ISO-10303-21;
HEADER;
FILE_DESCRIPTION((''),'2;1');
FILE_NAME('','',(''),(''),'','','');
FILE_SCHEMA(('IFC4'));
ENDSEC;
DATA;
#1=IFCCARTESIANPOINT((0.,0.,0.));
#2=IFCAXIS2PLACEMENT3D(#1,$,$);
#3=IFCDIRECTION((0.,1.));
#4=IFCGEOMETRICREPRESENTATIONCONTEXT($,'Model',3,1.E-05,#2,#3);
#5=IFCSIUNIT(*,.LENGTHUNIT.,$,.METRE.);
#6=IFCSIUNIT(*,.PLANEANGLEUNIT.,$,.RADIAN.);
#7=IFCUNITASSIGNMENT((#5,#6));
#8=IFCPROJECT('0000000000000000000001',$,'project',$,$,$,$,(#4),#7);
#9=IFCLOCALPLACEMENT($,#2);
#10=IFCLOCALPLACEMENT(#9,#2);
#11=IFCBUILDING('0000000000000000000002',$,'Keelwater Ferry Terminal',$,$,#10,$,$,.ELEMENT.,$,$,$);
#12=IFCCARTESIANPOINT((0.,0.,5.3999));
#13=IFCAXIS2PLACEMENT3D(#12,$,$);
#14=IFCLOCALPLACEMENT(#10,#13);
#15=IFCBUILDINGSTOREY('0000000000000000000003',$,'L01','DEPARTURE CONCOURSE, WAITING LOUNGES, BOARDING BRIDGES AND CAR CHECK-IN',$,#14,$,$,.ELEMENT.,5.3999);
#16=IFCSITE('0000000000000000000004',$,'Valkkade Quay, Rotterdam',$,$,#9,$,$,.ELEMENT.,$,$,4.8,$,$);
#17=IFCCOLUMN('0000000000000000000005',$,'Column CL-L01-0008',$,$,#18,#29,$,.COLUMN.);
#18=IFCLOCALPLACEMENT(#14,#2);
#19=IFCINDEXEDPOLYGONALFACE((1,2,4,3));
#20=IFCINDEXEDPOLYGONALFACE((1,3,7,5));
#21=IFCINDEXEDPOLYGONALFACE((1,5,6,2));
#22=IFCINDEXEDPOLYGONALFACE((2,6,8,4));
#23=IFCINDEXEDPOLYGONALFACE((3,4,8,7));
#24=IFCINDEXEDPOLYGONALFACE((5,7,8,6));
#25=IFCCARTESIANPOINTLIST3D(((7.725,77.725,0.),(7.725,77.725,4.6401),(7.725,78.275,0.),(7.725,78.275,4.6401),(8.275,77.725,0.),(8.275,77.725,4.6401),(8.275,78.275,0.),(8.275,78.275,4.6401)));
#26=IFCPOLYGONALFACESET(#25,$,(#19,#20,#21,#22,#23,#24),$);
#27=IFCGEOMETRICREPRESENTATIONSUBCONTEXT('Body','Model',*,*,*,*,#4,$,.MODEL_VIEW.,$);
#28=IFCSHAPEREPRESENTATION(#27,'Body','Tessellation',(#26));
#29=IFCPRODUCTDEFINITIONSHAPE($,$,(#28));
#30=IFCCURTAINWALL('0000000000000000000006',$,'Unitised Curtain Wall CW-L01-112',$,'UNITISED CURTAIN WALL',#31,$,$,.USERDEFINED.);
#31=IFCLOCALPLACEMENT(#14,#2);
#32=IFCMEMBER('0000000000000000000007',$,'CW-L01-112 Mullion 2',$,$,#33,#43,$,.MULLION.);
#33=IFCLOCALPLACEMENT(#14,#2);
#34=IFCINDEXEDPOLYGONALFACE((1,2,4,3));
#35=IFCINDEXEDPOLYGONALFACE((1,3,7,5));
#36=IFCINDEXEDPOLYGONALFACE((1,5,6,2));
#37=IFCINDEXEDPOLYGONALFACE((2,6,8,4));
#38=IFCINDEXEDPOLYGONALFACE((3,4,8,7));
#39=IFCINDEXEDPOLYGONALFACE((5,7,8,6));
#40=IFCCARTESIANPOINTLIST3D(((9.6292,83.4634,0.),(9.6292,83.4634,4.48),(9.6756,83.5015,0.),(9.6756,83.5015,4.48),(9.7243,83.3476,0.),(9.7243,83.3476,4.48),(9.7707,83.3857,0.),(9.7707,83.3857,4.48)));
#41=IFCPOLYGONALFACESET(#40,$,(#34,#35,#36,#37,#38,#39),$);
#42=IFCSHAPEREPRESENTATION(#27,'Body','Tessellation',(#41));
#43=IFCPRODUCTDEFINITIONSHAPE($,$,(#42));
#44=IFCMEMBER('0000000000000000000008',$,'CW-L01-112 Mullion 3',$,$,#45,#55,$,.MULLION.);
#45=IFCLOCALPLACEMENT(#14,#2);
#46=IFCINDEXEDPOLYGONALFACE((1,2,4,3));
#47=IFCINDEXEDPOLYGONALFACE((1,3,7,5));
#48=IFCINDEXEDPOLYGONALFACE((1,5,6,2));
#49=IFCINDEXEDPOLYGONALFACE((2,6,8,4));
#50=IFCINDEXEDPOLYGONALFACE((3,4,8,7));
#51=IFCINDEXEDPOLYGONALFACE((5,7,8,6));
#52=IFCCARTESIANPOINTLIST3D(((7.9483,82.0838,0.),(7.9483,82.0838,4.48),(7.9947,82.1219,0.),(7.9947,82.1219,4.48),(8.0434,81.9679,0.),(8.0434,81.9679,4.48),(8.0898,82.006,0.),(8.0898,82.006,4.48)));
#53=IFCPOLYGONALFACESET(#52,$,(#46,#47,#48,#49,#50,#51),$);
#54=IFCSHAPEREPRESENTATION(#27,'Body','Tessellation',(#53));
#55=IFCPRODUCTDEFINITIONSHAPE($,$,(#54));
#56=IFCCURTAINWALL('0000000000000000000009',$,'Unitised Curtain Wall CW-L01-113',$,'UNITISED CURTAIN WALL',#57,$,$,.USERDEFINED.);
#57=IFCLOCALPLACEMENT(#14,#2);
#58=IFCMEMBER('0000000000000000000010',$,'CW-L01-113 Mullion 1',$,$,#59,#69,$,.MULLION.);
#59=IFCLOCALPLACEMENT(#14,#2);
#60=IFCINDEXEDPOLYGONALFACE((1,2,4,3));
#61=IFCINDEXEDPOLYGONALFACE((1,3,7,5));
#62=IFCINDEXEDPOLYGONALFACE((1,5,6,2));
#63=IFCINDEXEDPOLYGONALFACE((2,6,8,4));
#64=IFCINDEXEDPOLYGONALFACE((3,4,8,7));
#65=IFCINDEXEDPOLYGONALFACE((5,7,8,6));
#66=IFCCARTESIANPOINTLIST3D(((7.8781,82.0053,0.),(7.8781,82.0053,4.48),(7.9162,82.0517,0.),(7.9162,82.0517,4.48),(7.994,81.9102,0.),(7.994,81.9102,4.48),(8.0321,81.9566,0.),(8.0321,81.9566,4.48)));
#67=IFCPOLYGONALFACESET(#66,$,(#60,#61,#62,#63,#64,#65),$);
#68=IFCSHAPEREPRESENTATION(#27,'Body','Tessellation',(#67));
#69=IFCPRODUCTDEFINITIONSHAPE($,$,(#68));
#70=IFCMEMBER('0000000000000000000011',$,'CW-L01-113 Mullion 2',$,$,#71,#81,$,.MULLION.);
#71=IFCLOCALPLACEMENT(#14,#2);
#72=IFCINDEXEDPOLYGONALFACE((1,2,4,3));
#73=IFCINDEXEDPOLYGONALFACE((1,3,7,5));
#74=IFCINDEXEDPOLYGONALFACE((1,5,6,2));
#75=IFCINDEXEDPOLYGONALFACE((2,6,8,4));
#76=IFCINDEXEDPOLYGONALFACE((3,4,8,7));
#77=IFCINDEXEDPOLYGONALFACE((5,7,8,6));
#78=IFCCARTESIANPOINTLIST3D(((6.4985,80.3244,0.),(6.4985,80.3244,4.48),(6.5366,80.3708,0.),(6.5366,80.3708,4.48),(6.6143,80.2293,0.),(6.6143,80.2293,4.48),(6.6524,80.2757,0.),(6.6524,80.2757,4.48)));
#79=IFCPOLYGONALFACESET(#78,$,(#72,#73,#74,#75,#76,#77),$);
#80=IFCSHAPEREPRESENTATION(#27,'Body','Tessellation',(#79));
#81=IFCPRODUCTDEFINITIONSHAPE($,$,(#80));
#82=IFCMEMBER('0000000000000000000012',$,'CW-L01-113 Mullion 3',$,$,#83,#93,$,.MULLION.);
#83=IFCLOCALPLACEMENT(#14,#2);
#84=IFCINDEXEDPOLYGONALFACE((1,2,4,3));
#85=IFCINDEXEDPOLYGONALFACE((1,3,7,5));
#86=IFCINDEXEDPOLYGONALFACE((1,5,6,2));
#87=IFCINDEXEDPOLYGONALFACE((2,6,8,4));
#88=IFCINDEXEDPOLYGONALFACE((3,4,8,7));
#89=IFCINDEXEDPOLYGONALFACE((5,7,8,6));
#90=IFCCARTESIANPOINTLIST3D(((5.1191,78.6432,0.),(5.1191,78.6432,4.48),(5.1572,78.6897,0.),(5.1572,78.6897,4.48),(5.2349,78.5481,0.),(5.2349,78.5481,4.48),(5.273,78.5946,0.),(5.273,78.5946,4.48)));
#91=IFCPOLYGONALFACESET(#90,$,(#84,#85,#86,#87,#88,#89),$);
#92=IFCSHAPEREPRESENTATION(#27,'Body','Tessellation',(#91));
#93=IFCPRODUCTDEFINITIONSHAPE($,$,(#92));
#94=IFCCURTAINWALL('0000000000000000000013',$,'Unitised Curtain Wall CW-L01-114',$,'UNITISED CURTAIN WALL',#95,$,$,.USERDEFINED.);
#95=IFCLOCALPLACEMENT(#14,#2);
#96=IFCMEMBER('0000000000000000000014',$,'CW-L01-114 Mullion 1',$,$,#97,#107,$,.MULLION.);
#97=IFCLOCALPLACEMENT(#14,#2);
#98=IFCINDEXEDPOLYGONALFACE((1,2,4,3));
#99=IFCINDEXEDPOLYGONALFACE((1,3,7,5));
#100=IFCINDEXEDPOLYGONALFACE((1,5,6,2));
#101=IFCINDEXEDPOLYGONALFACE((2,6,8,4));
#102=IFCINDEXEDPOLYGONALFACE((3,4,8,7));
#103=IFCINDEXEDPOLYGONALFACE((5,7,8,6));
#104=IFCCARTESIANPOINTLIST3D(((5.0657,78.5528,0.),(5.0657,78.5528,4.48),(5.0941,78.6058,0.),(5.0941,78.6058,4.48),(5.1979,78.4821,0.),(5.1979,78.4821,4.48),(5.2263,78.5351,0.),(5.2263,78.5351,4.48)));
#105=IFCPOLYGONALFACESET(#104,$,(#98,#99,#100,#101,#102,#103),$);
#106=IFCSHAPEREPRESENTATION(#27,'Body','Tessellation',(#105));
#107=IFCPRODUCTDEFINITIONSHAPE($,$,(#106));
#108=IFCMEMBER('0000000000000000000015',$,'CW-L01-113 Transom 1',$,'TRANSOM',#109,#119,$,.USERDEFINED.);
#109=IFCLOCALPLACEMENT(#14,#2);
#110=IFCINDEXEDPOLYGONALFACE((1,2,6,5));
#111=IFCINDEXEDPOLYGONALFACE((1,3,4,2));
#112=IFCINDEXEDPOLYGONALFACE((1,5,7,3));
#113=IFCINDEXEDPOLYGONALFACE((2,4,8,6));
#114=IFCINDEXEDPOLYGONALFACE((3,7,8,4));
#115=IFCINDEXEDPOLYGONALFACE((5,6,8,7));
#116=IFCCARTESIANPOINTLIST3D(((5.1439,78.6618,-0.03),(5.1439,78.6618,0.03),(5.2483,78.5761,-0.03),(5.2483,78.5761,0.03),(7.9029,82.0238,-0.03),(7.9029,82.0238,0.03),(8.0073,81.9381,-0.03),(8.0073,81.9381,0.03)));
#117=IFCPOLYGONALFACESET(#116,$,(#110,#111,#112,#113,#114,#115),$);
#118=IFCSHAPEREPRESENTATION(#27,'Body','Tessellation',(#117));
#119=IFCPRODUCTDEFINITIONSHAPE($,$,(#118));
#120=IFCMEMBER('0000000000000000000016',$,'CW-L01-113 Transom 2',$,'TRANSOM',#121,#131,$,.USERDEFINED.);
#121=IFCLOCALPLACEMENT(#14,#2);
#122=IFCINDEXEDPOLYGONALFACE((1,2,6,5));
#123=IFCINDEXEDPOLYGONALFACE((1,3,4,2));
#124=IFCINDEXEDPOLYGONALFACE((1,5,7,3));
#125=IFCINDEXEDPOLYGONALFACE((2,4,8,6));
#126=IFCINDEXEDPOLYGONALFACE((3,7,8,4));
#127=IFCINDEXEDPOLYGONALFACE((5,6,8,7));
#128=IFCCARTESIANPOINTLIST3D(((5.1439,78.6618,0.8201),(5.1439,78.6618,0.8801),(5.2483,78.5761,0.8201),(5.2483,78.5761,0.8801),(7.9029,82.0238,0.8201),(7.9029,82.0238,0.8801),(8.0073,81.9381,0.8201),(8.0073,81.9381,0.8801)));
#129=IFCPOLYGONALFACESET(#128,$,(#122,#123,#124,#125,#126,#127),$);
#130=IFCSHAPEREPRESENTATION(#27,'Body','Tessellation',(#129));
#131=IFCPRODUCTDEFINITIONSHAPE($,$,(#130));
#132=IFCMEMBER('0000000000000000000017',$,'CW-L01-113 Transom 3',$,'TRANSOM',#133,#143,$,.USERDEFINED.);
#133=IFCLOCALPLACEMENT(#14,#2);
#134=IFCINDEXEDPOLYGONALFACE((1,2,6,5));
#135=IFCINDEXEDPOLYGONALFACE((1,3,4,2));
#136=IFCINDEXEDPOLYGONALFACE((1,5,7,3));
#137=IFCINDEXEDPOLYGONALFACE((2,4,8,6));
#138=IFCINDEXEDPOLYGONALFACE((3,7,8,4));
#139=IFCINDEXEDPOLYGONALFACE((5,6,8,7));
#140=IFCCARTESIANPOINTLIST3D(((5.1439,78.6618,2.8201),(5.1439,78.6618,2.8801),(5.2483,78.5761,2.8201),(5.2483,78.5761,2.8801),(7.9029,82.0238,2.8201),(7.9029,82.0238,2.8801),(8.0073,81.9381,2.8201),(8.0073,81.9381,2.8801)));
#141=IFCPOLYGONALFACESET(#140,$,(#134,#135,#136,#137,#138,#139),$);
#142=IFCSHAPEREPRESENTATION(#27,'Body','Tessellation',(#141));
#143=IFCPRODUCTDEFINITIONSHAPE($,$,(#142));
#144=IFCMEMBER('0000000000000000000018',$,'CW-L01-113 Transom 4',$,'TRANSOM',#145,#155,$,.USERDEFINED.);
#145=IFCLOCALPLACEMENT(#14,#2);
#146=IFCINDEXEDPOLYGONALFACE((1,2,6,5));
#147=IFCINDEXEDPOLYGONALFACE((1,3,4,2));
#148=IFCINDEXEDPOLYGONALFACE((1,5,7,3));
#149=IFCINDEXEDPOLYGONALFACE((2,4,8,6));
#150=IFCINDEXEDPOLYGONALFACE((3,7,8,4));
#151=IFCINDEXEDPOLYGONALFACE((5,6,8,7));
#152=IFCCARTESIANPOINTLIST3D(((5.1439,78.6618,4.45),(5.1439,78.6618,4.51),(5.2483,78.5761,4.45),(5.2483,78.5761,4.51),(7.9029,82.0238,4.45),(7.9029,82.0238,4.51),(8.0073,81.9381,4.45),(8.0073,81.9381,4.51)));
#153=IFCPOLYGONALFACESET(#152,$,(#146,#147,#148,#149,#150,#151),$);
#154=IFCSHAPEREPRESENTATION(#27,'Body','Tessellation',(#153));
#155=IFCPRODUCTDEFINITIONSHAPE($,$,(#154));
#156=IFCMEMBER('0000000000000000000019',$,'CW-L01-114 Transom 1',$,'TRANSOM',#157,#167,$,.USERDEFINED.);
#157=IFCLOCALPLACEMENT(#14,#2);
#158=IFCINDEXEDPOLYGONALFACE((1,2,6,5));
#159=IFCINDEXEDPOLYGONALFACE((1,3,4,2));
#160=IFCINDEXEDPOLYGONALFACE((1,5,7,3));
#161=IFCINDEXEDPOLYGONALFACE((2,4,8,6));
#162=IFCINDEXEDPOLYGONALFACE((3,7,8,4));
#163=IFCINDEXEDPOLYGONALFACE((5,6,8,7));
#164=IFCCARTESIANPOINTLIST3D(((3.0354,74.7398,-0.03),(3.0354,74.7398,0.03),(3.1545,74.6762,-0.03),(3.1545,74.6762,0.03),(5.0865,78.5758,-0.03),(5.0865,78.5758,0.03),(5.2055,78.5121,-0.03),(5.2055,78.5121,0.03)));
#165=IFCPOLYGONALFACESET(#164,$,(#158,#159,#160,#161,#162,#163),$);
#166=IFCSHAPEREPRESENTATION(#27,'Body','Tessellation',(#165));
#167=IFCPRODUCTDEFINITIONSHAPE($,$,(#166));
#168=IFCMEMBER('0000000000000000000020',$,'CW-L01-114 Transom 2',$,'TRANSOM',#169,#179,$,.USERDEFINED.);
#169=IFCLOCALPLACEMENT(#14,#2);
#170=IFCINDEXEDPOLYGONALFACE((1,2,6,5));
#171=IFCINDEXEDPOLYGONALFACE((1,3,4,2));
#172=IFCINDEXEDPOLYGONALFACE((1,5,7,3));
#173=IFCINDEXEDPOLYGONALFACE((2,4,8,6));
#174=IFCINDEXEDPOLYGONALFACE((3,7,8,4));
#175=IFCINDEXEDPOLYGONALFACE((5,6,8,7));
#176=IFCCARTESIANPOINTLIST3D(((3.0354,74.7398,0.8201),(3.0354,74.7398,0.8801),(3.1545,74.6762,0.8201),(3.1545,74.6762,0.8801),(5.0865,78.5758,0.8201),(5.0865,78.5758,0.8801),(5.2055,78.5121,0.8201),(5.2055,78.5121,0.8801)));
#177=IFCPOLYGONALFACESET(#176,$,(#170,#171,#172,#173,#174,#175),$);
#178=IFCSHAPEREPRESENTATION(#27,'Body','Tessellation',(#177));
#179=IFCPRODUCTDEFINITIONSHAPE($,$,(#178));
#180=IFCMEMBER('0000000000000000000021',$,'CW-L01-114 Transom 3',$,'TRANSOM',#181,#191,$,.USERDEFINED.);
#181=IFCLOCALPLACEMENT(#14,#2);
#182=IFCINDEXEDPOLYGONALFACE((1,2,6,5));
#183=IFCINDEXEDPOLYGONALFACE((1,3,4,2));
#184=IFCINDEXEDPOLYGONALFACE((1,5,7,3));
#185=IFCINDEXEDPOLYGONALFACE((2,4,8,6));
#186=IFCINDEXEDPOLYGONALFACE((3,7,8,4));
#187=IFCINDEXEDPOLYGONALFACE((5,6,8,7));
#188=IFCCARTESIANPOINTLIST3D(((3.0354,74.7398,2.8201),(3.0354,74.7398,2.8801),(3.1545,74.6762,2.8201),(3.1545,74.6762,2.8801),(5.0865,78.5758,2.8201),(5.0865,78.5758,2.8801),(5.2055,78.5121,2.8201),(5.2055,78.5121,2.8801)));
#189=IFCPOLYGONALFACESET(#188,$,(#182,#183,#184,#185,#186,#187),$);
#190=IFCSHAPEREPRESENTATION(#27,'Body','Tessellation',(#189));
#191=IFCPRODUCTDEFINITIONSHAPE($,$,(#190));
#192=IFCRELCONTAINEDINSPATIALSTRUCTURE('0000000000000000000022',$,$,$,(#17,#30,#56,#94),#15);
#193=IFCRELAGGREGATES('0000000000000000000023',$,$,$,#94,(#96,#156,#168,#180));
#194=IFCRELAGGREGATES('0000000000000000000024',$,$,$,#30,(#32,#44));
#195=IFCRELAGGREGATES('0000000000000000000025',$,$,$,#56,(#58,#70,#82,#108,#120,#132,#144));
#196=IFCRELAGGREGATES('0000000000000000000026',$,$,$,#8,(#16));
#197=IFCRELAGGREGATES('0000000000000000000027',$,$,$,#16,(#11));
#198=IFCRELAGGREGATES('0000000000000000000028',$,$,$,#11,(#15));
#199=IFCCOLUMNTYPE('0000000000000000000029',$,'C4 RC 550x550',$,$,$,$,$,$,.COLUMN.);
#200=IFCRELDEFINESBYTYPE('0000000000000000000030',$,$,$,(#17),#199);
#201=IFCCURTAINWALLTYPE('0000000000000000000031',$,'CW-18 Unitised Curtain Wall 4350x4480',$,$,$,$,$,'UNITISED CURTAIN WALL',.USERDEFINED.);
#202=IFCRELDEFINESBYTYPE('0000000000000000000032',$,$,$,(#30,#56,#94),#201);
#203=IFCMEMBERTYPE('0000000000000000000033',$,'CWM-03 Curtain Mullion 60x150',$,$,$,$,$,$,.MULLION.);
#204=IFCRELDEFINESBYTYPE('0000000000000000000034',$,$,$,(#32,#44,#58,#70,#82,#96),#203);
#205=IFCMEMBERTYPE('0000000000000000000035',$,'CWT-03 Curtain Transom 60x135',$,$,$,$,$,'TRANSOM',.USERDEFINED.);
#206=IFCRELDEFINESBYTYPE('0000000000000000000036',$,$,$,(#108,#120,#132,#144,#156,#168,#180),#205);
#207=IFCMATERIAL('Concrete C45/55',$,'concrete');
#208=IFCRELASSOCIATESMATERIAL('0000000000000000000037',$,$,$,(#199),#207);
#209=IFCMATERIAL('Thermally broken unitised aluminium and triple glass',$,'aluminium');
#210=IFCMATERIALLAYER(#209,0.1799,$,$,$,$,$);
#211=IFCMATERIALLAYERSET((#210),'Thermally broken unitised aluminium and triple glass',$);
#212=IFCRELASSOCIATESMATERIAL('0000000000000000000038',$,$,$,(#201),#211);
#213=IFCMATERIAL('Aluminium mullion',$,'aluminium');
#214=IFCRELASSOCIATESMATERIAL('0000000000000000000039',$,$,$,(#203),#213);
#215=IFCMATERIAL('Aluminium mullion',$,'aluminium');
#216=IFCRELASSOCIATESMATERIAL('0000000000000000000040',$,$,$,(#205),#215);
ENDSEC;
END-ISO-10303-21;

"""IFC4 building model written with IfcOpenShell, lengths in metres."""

from ifc_helpers import new_model, si_unit, direction, frame, origin, origin_2d, place, context, subcontext, project, spatial, rectangle, extrude, material, layer, layer_set, material_profile, profile_set, type_object, element, aggregate, save


model = new_model("IFC4")

# Units and contexts
model_context = context("Model", 3, precision=1e-05, world=origin(), true_north=direction((0.0, 1.0)))
body_context = subcontext(model_context, "Body", "Model", "MODEL_VIEW")
ifc_project = project(units=[si_unit("LENGTHUNIT", "METRE"), si_unit("PLANEANGLEUNIT", "RADIAN")], contexts=[model_context])

# Site, building, storey
site_placement = place(None, origin())
site = spatial("IfcSite", under=ifc_project, at=site_placement, Name="Valkkade Quay, Rotterdam", CompositionType="ELEMENT", RefElevation=4.8)
building_placement = place(site_placement, origin())
building = spatial("IfcBuilding", under=site, at=building_placement, Name="Keelwater Ferry Terminal", CompositionType="ELEMENT")
storey_placement = place(building_placement, frame((0.0, 0.0, 5.3999)))
storey = spatial("IfcBuildingStorey", under=building, at=storey_placement, Name="L01", Description="DEPARTURE CONCOURSE, WAITING LOUNGES, BOARDING BRIDGES AND CAR CHECK-IN", CompositionType="ELEMENT", Elevation=5.3999)

# Column
ifc_material_1 = material(Name="Concrete C45/55", Category="concrete")
ifc_material_profile_1 = material_profile(ifc_material_1, rectangle(XDim=0.55, YDim=0.55, at=origin_2d()), Name="RC 550x550")
ifc_profile_set_1 = profile_set([ifc_material_profile_1], Name="Concrete C45/55")
column_type = type_object("IfcColumnType", Name="C4 RC 550x550", PredefinedType="COLUMN", material=ifc_profile_set_1)
column_placement = place(storey_placement, frame((8.0, 78.0, 0.0), z_axis=(0.0, 0.0, 1.0), x_axis=(1.0, 0.0, 0.0)))
element("IfcColumn", 1, at=column_placement, inside=storey, type_object=column_type, Name="Column CL-L01-0008", PredefinedType="COLUMN", context=body_context, shape_type="SweptSolid", body=[
    extrude(rectangle(XDim=0.55, YDim=0.55, at=origin_2d()), origin(), (0.0, 0.0, 1.0), 4.6401),
])

# Curtain walls, members
ifc_material_2 = material(Name="Thermally broken unitised aluminium and triple glass", Category="aluminium")
ifc_layer_1 = layer(ifc_material_2, 0.1799)
ifc_layer_set_1 = layer_set([ifc_layer_1], Name="Thermally broken unitised aluminium and triple glass")
curtain_wall_type = type_object("IfcCurtainWallType", Name="CW-18 Unitised Curtain Wall 4350x4480", ElementType="UNITISED CURTAIN WALL", PredefinedType="USERDEFINED", material=ifc_layer_set_1)
curtain_wall_1_placement = place(storey_placement, origin())
curtain_wall_1 = element("IfcCurtainWall", 2, at=curtain_wall_1_placement, inside=storey, type_object=curtain_wall_type, Name="Unitised Curtain Wall CW-L01-112", ObjectType="UNITISED CURTAIN WALL", PredefinedType="USERDEFINED")
ifc_material_3 = material(Name="Aluminium mullion", Category="aluminium")
ifc_material_profile_2 = material_profile(ifc_material_3, rectangle(XDim=0.0601, YDim=0.1499, at=origin_2d()), Name="CWM-03")
ifc_profile_set_2 = profile_set([ifc_material_profile_2], Name="Aluminium mullion")
member_type_1 = type_object("IfcMemberType", Name="CWM-03 Curtain Mullion 60x150", PredefinedType="MULLION", material=ifc_profile_set_2)
member_1_placement = place(storey_placement, frame((9.7, 83.4246, 0.0), z_axis=(0.0, 0.0, 1.0), x_axis=(-0.773024, -0.634377, 0.0)))
member_1 = element("IfcMember", 3, at=member_1_placement, type_object=member_type_1, Name="CW-L01-112 Mullion 2", PredefinedType="MULLION", context=body_context, shape_type="SweptSolid", body=[
    extrude(rectangle(XDim=0.0601, YDim=0.1499, at=origin_2d()), origin(), (0.0, 0.0, 1.0), 4.48),
])
member_2_placement = place(storey_placement, frame((8.019, 82.0449, 0.0), z_axis=(0.0, 0.0, 1.0), x_axis=(-0.773024, -0.634377, 0.0)))
member_2 = element("IfcMember", 4, at=member_2_placement, type_object=member_type_1, Name="CW-L01-112 Mullion 3", PredefinedType="MULLION", context=body_context, shape_type="SweptSolid", body=[
    extrude(rectangle(XDim=0.0601, YDim=0.1499, at=origin_2d()), origin(), (0.0, 0.0, 1.0), 4.48),
])
curtain_wall_2_placement = place(storey_placement, origin())
curtain_wall_2 = element("IfcCurtainWall", 5, at=curtain_wall_2_placement, inside=storey, type_object=curtain_wall_type, Name="Unitised Curtain Wall CW-L01-113", ObjectType="UNITISED CURTAIN WALL", PredefinedType="USERDEFINED")
member_3_placement = place(storey_placement, frame((7.9551, 81.981, 0.0), z_axis=(0.0, 0.0, 1.0), x_axis=(-0.634377, -0.773024, 0.0)))
member_3 = element("IfcMember", 6, at=member_3_placement, type_object=member_type_1, Name="CW-L01-113 Mullion 1", PredefinedType="MULLION", context=body_context, shape_type="SweptSolid", body=[
    extrude(rectangle(XDim=0.0601, YDim=0.1499, at=origin_2d()), origin(), (0.0, 0.0, 1.0), 4.48),
])
member_4_placement = place(storey_placement, frame((6.5754, 80.3, 0.0), z_axis=(0.0, 0.0, 1.0), x_axis=(-0.634377, -0.773024, 0.0)))
member_4 = element("IfcMember", 7, at=member_4_placement, type_object=member_type_1, Name="CW-L01-113 Mullion 2", PredefinedType="MULLION", context=body_context, shape_type="SweptSolid", body=[
    extrude(rectangle(XDim=0.0601, YDim=0.1499, at=origin_2d()), origin(), (0.0, 0.0, 1.0), 4.48),
])
member_5_placement = place(storey_placement, frame((5.196, 78.6189, 0.0), z_axis=(0.0, 0.0, 1.0), x_axis=(-0.634377, -0.773024, 0.0)))
member_5 = element("IfcMember", 8, at=member_5_placement, type_object=member_type_1, Name="CW-L01-113 Mullion 3", PredefinedType="MULLION", context=body_context, shape_type="SweptSolid", body=[
    extrude(rectangle(XDim=0.0601, YDim=0.1499, at=origin_2d()), origin(), (0.0, 0.0, 1.0), 4.48),
])

# Curtain wall, member
curtain_wall_3_placement = place(storey_placement, origin())
curtain_wall_3 = element("IfcCurtainWall", 9, at=curtain_wall_3_placement, inside=storey, type_object=curtain_wall_type, Name="Unitised Curtain Wall CW-L01-114", ObjectType="UNITISED CURTAIN WALL", PredefinedType="USERDEFINED")
member_6_placement = place(storey_placement, frame((5.146, 78.5439, 0.0), z_axis=(0.0, 0.0, 1.0), x_axis=(-0.471507, -0.881862, 0.0)))
member_6 = element("IfcMember", 10, at=member_6_placement, type_object=member_type_1, Name="CW-L01-114 Mullion 1", PredefinedType="MULLION", context=body_context, shape_type="SweptSolid", body=[
    extrude(rectangle(XDim=0.0601, YDim=0.1499, at=origin_2d()), origin(), (0.0, 0.0, 1.0), 4.48),
])

# Members
ifc_material_4 = material(Name="Aluminium mullion", Category="aluminium")
ifc_material_profile_3 = material_profile(ifc_material_4, rectangle(XDim=0.135, YDim=0.0601, at=origin_2d()), Name="CWT-03")
ifc_profile_set_3 = profile_set([ifc_material_profile_3], Name="Aluminium mullion")
member_type_2 = type_object("IfcMemberType", Name="CWT-03 Curtain Transom 60x135", ElementType="TRANSOM", PredefinedType="USERDEFINED", material=ifc_profile_set_3)
member_7_placement = place(storey_placement, frame((7.9551, 81.981, 0.0), z_axis=(-0.634374, -0.773026, 0.0), x_axis=(0.773026, -0.634374, 0.0)))
member_7 = element("IfcMember", 11, at=member_7_placement, type_object=member_type_2, Name="CW-L01-113 Transom 1", ObjectType="TRANSOM", PredefinedType="USERDEFINED", context=body_context, shape_type="SweptSolid", body=[
    extrude(rectangle(XDim=0.135, YDim=0.0601, at=origin_2d()), origin(), (0.0, 0.0, 1.0), 4.3491),
])
member_8_placement = place(storey_placement, frame((7.9551, 81.981, 0.8501), z_axis=(-0.634374, -0.773026, 0.0), x_axis=(0.773026, -0.634374, 0.0)))
member_8 = element("IfcMember", 12, at=member_8_placement, type_object=member_type_2, Name="CW-L01-113 Transom 2", ObjectType="TRANSOM", PredefinedType="USERDEFINED", context=body_context, shape_type="SweptSolid", body=[
    extrude(rectangle(XDim=0.135, YDim=0.0601, at=origin_2d()), origin(), (0.0, 0.0, 1.0), 4.3491),
])
member_9_placement = place(storey_placement, frame((7.9551, 81.981, 2.8501), z_axis=(-0.634374, -0.773026, 0.0), x_axis=(0.773026, -0.634374, 0.0)))
member_9 = element("IfcMember", 13, at=member_9_placement, type_object=member_type_2, Name="CW-L01-113 Transom 3", ObjectType="TRANSOM", PredefinedType="USERDEFINED", context=body_context, shape_type="SweptSolid", body=[
    extrude(rectangle(XDim=0.135, YDim=0.0601, at=origin_2d()), origin(), (0.0, 0.0, 1.0), 4.3491),
])
member_10_placement = place(storey_placement, frame((7.9551, 81.981, 4.48), z_axis=(-0.634374, -0.773026, 0.0), x_axis=(0.773026, -0.634374, 0.0)))
member_10 = element("IfcMember", 14, at=member_10_placement, type_object=member_type_2, Name="CW-L01-113 Transom 4", ObjectType="TRANSOM", PredefinedType="USERDEFINED", context=body_context, shape_type="SweptSolid", body=[
    extrude(rectangle(XDim=0.135, YDim=0.0601, at=origin_2d()), origin(), (0.0, 0.0, 1.0), 4.3491),
])
member_11_placement = place(storey_placement, frame((5.146, 78.5439, 0.0), z_axis=(-0.471517, -0.881857, 0.0), x_axis=(0.881857, -0.471517, 0.0)))
member_11 = element("IfcMember", 15, at=member_11_placement, type_object=member_type_2, Name="CW-L01-114 Transom 1", ObjectType="TRANSOM", PredefinedType="USERDEFINED", context=body_context, shape_type="SweptSolid", body=[
    extrude(rectangle(XDim=0.135, YDim=0.0601, at=origin_2d()), origin(), (0.0, 0.0, 1.0), 4.3499),
])
member_12_placement = place(storey_placement, frame((5.146, 78.5439, 0.8501), z_axis=(-0.471517, -0.881857, 0.0), x_axis=(0.881857, -0.471517, 0.0)))
member_12 = element("IfcMember", 16, at=member_12_placement, type_object=member_type_2, Name="CW-L01-114 Transom 2", ObjectType="TRANSOM", PredefinedType="USERDEFINED", context=body_context, shape_type="SweptSolid", body=[
    extrude(rectangle(XDim=0.135, YDim=0.0601, at=origin_2d()), origin(), (0.0, 0.0, 1.0), 4.3499),
])
member_13_placement = place(storey_placement, frame((5.146, 78.5439, 2.8501), z_axis=(-0.471517, -0.881857, 0.0), x_axis=(0.881857, -0.471517, 0.0)))
member_13 = element("IfcMember", 17, at=member_13_placement, type_object=member_type_2, Name="CW-L01-114 Transom 3", ObjectType="TRANSOM", PredefinedType="USERDEFINED", context=body_context, shape_type="SweptSolid", body=[
    extrude(rectangle(XDim=0.135, YDim=0.0601, at=origin_2d()), origin(), (0.0, 0.0, 1.0), 4.3499),
])
aggregate(curtain_wall_3, [member_6, member_11, member_12, member_13])

aggregate(curtain_wall_1, [member_1, member_2])
aggregate(curtain_wall_2, [member_3, member_4, member_5, member_7, member_8, member_9, member_10])

save(model, "model.ifc")
